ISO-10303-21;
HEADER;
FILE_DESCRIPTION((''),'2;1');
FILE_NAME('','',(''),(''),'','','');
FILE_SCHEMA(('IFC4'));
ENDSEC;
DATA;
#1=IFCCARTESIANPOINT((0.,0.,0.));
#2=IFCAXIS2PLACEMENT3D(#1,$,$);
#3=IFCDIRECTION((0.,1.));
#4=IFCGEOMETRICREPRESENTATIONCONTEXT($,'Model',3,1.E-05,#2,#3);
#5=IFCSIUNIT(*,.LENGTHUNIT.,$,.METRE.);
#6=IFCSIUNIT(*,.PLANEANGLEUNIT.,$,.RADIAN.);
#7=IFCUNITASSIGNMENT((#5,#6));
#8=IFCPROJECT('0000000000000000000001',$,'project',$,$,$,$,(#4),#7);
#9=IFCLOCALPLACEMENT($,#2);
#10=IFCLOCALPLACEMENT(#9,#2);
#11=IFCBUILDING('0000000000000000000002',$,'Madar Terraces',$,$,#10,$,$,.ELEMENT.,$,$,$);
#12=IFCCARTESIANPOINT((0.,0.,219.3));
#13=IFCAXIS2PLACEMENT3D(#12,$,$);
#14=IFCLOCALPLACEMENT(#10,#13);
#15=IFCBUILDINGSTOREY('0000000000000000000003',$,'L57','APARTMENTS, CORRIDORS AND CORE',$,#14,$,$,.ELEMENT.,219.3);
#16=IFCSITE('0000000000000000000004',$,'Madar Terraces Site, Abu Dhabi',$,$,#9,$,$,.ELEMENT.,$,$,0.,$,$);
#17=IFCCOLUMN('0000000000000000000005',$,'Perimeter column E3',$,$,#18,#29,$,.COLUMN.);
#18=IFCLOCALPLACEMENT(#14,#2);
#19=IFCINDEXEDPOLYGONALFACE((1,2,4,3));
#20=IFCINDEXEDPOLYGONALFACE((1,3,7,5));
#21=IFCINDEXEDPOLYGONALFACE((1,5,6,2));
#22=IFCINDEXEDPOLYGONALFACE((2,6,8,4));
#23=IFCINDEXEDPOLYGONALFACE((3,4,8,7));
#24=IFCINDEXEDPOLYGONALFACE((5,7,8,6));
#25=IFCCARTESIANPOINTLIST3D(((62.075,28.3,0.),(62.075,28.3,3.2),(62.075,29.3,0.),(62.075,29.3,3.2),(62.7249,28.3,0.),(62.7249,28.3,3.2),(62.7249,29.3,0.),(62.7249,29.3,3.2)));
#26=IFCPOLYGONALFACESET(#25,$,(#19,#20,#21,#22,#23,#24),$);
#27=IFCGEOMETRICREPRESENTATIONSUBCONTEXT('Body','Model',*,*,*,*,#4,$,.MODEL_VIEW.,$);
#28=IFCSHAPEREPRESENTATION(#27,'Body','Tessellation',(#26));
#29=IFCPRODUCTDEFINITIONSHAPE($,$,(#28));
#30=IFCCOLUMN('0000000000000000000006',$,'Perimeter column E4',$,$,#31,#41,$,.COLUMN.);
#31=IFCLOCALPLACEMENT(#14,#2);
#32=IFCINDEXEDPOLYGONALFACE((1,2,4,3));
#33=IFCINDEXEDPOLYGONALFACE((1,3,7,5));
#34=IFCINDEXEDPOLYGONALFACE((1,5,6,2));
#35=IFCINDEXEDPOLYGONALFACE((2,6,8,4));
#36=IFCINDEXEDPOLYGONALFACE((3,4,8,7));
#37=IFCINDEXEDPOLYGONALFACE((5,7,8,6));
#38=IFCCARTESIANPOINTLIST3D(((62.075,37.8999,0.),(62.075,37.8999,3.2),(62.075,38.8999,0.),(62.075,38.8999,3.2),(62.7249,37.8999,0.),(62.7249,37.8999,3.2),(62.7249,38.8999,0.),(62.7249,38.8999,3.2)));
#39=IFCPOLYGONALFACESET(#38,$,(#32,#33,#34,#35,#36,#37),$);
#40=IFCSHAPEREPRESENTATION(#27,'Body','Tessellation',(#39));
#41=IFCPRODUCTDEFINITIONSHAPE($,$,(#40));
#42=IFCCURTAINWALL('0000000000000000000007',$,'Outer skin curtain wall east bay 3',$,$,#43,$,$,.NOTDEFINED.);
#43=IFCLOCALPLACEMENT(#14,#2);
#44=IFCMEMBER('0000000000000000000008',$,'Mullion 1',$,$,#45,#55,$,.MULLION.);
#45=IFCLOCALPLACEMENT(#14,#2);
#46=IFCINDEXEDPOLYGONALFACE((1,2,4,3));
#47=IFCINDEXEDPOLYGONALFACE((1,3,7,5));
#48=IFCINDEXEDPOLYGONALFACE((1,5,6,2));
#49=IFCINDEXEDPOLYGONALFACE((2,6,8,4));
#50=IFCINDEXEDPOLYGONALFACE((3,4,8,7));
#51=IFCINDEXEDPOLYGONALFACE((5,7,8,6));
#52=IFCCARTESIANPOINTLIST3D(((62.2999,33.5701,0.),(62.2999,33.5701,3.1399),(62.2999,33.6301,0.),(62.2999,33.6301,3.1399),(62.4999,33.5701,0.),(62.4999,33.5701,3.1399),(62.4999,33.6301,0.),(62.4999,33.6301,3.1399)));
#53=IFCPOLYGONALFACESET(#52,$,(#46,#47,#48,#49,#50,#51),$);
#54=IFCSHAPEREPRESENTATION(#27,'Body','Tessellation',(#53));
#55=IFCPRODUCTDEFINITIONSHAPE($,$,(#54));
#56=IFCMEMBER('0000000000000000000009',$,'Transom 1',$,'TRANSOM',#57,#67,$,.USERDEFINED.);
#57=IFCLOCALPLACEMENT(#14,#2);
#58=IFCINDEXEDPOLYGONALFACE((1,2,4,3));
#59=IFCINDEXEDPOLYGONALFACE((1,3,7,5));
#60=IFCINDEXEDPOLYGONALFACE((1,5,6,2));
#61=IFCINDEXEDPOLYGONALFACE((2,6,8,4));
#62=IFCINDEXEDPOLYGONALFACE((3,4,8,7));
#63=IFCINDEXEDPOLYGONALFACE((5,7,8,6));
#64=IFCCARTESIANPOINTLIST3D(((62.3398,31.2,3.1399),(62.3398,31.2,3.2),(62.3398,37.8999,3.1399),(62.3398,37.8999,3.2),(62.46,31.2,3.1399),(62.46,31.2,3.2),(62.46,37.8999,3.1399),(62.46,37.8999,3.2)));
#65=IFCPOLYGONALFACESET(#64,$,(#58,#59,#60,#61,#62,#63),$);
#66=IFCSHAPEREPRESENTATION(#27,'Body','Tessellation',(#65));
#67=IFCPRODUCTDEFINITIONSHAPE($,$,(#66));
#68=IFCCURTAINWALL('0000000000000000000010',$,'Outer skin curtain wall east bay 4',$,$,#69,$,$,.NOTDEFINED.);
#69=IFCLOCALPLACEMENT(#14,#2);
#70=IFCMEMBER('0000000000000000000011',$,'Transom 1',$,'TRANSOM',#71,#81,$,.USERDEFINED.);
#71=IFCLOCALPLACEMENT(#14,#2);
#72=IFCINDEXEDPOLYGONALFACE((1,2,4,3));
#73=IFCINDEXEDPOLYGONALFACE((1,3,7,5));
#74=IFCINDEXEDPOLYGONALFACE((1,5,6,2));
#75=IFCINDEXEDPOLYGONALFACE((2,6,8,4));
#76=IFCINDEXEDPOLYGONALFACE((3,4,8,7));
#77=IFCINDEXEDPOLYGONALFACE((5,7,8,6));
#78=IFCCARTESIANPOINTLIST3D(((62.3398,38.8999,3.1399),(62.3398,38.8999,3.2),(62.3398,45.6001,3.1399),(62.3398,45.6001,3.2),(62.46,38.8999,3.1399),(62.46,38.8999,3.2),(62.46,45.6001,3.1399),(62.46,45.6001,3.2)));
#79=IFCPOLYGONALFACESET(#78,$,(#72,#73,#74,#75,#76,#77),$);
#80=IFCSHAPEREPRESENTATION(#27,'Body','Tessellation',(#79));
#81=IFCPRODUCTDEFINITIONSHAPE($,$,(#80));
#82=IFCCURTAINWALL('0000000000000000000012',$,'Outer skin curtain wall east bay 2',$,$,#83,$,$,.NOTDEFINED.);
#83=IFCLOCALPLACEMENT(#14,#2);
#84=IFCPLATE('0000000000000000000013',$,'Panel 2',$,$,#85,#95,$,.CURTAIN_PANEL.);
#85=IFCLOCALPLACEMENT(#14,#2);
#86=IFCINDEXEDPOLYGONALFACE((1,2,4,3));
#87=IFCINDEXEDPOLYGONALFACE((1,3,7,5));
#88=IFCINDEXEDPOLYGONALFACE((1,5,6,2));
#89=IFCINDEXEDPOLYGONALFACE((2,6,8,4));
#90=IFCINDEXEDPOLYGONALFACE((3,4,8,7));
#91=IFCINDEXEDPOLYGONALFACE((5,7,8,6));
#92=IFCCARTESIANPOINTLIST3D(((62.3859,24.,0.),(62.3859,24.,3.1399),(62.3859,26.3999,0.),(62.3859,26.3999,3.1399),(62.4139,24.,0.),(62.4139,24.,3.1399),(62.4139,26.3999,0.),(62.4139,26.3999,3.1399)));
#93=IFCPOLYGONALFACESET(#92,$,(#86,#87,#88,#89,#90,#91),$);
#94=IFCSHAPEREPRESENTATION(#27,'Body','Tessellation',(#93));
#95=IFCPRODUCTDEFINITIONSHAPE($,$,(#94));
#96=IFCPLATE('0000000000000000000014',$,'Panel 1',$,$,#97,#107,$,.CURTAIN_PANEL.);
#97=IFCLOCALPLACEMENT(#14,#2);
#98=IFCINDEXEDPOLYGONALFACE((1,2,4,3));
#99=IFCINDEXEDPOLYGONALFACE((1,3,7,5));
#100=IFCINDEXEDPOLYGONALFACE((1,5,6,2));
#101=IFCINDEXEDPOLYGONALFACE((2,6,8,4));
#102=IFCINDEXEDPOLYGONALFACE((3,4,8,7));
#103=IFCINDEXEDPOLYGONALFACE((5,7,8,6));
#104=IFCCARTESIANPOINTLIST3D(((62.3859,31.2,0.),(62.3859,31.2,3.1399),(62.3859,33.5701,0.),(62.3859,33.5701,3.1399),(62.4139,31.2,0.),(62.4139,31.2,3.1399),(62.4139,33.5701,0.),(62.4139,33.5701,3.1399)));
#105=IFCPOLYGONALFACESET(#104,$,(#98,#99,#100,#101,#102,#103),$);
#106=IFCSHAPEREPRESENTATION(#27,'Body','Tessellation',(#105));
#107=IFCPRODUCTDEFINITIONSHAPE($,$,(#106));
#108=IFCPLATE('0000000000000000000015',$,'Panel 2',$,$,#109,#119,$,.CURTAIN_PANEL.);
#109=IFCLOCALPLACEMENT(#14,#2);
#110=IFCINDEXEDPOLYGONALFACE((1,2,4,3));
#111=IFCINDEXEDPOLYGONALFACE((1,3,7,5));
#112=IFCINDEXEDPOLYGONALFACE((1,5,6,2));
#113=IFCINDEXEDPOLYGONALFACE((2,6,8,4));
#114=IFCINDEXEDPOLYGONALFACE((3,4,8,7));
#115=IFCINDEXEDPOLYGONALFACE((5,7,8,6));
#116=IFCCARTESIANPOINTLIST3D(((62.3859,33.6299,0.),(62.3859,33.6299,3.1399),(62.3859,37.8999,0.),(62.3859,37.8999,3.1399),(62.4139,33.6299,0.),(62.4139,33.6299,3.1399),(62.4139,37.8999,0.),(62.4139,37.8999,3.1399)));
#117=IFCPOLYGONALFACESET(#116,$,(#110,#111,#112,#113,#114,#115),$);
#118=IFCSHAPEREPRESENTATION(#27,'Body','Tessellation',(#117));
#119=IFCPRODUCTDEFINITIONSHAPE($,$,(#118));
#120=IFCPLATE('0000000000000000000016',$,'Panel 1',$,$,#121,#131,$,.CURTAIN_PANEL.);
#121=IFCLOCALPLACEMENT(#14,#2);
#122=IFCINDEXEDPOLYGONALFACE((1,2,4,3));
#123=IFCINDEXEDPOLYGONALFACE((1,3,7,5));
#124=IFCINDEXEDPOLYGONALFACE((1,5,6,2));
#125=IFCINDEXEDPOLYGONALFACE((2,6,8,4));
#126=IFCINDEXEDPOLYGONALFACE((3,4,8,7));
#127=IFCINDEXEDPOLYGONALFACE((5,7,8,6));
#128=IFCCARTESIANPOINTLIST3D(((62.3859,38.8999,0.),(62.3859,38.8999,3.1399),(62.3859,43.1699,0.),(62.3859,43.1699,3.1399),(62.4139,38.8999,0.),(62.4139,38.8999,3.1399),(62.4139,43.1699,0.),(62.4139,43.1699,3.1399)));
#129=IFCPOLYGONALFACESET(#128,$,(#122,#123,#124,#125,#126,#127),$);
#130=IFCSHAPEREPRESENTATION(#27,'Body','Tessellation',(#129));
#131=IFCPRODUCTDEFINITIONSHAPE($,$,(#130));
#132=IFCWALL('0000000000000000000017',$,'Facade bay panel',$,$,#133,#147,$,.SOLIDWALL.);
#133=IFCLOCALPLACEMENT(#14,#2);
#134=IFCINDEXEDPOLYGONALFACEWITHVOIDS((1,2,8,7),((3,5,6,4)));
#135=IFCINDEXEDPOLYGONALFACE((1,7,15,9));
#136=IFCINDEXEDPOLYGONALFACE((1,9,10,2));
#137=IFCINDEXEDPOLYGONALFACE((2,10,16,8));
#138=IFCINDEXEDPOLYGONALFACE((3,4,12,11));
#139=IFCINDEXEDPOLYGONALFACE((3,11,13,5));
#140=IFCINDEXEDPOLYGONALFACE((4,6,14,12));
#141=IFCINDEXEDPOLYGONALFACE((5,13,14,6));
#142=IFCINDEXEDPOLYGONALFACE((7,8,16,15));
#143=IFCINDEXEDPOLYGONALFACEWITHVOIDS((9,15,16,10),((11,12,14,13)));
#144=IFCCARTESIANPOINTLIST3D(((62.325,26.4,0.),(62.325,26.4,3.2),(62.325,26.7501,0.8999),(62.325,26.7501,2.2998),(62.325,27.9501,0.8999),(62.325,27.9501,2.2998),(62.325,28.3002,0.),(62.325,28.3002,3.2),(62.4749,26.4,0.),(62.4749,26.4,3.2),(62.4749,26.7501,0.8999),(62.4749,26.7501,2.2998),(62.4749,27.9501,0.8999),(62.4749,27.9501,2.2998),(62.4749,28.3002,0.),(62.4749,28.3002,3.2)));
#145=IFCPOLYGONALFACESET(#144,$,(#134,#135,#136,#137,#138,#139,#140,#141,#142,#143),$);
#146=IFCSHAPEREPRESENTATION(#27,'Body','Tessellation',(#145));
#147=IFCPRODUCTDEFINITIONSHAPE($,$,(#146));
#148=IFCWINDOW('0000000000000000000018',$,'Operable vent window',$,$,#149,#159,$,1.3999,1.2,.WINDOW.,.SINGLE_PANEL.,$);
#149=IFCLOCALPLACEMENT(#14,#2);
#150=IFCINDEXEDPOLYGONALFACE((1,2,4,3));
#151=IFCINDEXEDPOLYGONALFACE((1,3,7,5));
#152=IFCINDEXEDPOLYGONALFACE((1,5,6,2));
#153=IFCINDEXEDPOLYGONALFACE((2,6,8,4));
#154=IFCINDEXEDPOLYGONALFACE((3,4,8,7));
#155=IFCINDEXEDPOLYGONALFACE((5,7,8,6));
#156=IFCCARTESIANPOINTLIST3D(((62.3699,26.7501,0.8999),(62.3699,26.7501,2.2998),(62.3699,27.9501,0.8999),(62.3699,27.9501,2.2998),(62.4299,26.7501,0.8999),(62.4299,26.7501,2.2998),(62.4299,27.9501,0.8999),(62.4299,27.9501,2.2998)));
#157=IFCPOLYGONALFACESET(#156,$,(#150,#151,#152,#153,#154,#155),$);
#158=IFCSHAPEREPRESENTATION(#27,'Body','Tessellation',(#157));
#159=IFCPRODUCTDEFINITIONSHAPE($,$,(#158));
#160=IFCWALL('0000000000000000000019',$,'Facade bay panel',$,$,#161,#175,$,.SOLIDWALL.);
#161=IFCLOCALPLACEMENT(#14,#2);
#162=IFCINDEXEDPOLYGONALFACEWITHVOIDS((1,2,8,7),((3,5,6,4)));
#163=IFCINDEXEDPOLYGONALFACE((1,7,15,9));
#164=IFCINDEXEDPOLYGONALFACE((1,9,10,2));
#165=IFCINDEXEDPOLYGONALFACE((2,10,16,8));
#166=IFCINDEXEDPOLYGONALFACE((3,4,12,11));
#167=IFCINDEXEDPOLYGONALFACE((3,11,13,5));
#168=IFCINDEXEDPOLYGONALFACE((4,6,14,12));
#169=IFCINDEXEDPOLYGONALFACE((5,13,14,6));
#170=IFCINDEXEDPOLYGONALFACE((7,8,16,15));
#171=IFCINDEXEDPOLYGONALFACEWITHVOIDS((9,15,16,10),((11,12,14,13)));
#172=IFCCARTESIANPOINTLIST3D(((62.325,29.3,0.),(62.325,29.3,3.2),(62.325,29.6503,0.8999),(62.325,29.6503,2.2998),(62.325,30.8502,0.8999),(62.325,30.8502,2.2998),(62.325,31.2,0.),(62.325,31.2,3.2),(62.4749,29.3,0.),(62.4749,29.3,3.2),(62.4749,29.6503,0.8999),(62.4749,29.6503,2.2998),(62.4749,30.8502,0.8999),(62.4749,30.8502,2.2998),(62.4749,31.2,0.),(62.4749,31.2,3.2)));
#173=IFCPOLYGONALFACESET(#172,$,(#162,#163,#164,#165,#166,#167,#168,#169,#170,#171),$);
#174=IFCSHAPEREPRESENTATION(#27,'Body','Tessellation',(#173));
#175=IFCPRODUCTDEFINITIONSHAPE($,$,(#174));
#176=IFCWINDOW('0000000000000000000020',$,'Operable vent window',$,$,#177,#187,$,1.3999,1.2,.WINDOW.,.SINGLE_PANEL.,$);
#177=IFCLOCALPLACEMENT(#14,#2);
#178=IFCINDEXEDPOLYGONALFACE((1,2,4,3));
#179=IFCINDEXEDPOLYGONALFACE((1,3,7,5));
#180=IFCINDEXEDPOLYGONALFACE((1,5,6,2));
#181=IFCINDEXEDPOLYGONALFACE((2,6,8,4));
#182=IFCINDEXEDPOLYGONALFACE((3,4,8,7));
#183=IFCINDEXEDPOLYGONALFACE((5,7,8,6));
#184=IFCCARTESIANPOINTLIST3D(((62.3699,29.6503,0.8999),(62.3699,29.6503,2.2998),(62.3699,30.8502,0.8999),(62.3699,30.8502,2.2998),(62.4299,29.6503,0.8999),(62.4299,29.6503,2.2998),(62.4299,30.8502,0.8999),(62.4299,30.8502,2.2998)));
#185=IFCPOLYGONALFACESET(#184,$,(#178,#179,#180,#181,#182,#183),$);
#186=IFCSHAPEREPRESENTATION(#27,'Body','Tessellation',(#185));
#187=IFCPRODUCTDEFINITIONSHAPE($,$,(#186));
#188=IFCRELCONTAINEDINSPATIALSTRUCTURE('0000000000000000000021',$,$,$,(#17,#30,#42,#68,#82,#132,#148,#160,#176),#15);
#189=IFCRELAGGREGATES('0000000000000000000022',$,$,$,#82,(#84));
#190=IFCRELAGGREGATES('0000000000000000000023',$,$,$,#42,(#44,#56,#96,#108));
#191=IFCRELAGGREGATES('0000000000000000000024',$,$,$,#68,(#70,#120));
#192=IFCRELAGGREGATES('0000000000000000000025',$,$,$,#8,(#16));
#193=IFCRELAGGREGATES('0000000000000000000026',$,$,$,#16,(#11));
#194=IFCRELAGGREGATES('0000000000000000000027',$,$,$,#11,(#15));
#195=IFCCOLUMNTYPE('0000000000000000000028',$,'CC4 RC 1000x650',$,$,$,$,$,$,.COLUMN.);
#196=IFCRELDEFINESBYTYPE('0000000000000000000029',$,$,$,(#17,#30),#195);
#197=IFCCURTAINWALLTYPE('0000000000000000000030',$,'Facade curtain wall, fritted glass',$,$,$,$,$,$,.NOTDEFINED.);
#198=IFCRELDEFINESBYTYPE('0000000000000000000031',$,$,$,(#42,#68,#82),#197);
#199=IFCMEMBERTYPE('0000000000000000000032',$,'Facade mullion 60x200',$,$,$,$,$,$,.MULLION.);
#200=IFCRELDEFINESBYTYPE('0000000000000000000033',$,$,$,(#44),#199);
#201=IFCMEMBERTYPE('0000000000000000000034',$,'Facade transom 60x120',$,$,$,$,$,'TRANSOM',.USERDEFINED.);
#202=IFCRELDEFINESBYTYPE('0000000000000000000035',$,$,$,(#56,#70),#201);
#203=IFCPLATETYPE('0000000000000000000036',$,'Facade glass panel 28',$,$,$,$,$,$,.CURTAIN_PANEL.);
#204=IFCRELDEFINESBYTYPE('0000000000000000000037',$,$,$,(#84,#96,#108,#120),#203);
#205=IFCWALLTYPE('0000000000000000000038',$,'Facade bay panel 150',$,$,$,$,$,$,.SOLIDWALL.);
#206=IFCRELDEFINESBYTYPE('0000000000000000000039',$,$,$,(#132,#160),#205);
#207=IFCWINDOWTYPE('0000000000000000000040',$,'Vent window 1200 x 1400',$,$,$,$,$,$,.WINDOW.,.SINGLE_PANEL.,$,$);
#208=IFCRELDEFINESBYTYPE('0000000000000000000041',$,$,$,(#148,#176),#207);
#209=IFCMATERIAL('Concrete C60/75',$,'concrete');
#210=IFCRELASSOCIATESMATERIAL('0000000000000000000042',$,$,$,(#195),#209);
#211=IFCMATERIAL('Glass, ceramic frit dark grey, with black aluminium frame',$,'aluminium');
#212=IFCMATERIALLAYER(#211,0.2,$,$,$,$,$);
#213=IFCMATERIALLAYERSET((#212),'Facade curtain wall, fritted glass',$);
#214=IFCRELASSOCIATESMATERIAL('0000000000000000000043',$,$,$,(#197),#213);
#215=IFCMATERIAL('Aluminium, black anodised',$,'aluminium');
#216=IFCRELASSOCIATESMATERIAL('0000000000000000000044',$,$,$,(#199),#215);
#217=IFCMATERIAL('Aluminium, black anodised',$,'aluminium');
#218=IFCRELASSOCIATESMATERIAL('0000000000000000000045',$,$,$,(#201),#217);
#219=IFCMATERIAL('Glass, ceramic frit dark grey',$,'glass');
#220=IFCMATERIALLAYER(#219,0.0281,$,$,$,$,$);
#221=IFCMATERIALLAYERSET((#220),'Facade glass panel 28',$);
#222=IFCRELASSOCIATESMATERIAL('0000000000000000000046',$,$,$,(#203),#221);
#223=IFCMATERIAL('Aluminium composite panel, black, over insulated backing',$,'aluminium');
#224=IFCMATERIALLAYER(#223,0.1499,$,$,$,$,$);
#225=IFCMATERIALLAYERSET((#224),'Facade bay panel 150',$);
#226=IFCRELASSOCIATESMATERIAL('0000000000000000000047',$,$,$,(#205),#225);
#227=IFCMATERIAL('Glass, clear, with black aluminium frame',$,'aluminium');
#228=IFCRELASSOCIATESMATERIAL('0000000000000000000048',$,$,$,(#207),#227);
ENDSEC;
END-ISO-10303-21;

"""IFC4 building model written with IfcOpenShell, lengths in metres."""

from ifc_helpers import new_model, si_unit, direction, frame, frame_2d, origin, origin_2d, place, context, subcontext, project, spatial, rectangle, extrude, material, layer, layer_set, material_profile, profile_set, type_object, element, fill, aggregate, save


model = new_model("IFC4")

# Units and contexts
model_context = context("Model", 3, precision=1e-05, world=origin(), true_north=direction((0.0, 1.0)))
body_context = subcontext(model_context, "Body", "Model", "MODEL_VIEW")
ifc_project = project(units=[si_unit("LENGTHUNIT", "METRE"), si_unit("PLANEANGLEUNIT", "RADIAN")], contexts=[model_context])

# Site, building, storey
site_placement = place(None, origin())
site = spatial("IfcSite", under=ifc_project, at=site_placement, Name="Madar Terraces Site, Abu Dhabi", CompositionType="ELEMENT", RefElevation=0.0)
building_placement = place(site_placement, origin())
building = spatial("IfcBuilding", under=site, at=building_placement, Name="Madar Terraces", CompositionType="ELEMENT")
storey_placement = place(building_placement, frame((0.0, 0.0, 219.3)))
storey = spatial("IfcBuildingStorey", under=building, at=storey_placement, Name="L57", Description="APARTMENTS, CORRIDORS AND CORE", CompositionType="ELEMENT", Elevation=219.3)

# Columns
ifc_material_1 = material(Name="Concrete C60/75", Category="concrete")
ifc_material_profile_1 = material_profile(ifc_material_1, rectangle(XDim=1.0, YDim=0.6499, at=origin_2d()), Name="CC4 RC 1000x650")
ifc_profile_set_1 = profile_set([ifc_material_profile_1], Name="Concrete C60/75")
column_type = type_object("IfcColumnType", Name="CC4 RC 1000x650", PredefinedType="COLUMN", material=ifc_profile_set_1)
for number, where, z_axis, x_axis, name in (
    (1, (62.3999, 28.8, 0.0), (0.0, 0.0, 1.0), (0.0, 1.0, 0.0), "Perimeter column E3"),
    (2, (62.3999, 38.3999, 0.0), (0.0, 0.0, 1.0), (0.0, 1.0, 0.0), "Perimeter column E4"),
):
    element("IfcColumn", number, at=place(storey_placement, frame(where, z_axis=z_axis, x_axis=x_axis)), inside=storey, type_object=column_type, Name=name, PredefinedType="COLUMN", context=body_context, shape_type="SweptSolid", body=[
        extrude(rectangle(XDim=1.0, YDim=0.6499, at=origin_2d()), origin(), (0.0, 0.0, 1.0), 3.2),
    ])

# Curtain wall, members
ifc_material_2 = material(Name="Glass, ceramic frit dark grey, with black aluminium frame", Category="aluminium")
ifc_layer_1 = layer(ifc_material_2, 0.2)
ifc_layer_set_1 = layer_set([ifc_layer_1], Name="Facade curtain wall, fritted glass")
curtain_wall_type = type_object("IfcCurtainWallType", Name="Facade curtain wall, fritted glass", PredefinedType="NOTDEFINED", material=ifc_layer_set_1)
curtain_wall_1_placement = place(storey_placement, origin())
curtain_wall_1 = element("IfcCurtainWall", 3, at=curtain_wall_1_placement, inside=storey, type_object=curtain_wall_type, Name="Outer skin curtain wall east bay 3", PredefinedType="NOTDEFINED")
ifc_material_3 = material(Name="Aluminium, black anodised", Category="aluminium")
ifc_material_profile_2 = material_profile(ifc_material_3, rectangle(XDim=0.2, YDim=0.0601, at=origin_2d()), Name="Facade mullion 60x200")
ifc_profile_set_2 = profile_set([ifc_material_profile_2], Name="Aluminium, black anodised")
member_type_1 = type_object("IfcMemberType", Name="Facade mullion 60x200", PredefinedType="MULLION", material=ifc_profile_set_2)
member_1_placement = place(storey_placement, frame((62.3999, 33.6001, 0.0), z_axis=(0.0, 0.0, 1.0), x_axis=(-1.0, 0.0, 0.0)))
member_1 = element("IfcMember", 4, at=member_1_placement, type_object=member_type_1, Name="Mullion 1", PredefinedType="MULLION", context=body_context, shape_type="SweptSolid", body=[
    extrude(rectangle(XDim=0.2, YDim=0.0601, at=origin_2d()), origin(), (0.0, 0.0, 1.0), 3.1399),
])
ifc_material_4 = material(Name="Aluminium, black anodised", Category="aluminium")
ifc_material_profile_3 = material_profile(ifc_material_4, rectangle(XDim=0.1201, YDim=0.0601, at=origin_2d()), Name="Facade transom 60x120")
ifc_profile_set_3 = profile_set([ifc_material_profile_3], Name="Aluminium, black anodised")
member_type_2 = type_object("IfcMemberType", Name="Facade transom 60x120", ElementType="TRANSOM", PredefinedType="USERDEFINED", material=ifc_profile_set_3)
member_2_placement = place(storey_placement, frame((62.3999, 31.2, 3.1699), z_axis=(0.0, 1.0, 0.0), x_axis=(-1.0, 0.0, 0.0)))
member_2 = element("IfcMember", 5, at=member_2_placement, type_object=member_type_2, Name="Transom 1", ObjectType="TRANSOM", PredefinedType="USERDEFINED", context=body_context, shape_type="SweptSolid", body=[
    extrude(rectangle(XDim=0.1201, YDim=0.0601, at=origin_2d()), origin(), (0.0, 0.0, 1.0), 6.7),
])

# Curtain wall, member
curtain_wall_2_placement = place(storey_placement, origin())
curtain_wall_2 = element("IfcCurtainWall", 6, at=curtain_wall_2_placement, inside=storey, type_object=curtain_wall_type, Name="Outer skin curtain wall east bay 4", PredefinedType="NOTDEFINED")
member_3_placement = place(storey_placement, frame((62.3999, 38.8999, 3.1699), z_axis=(0.0, 1.0, 0.0), x_axis=(-1.0, 0.0, 0.0)))
member_3 = element("IfcMember", 7, at=member_3_placement, type_object=member_type_2, Name="Transom 1", ObjectType="TRANSOM", PredefinedType="USERDEFINED", context=body_context, shape_type="SweptSolid", body=[
    extrude(rectangle(XDim=0.1201, YDim=0.0601, at=origin_2d()), origin(), (0.0, 0.0, 1.0), 6.7002),
])

# Curtain wall, plate
curtain_wall_3_placement = place(storey_placement, origin())
curtain_wall_3 = element("IfcCurtainWall", 8, at=curtain_wall_3_placement, inside=storey, type_object=curtain_wall_type, Name="Outer skin curtain wall east bay 2", PredefinedType="NOTDEFINED")
ifc_material_5 = material(Name="Glass, ceramic frit dark grey", Category="glass")
ifc_layer_2 = layer(ifc_material_5, 0.0281)
ifc_layer_set_2 = layer_set([ifc_layer_2], Name="Facade glass panel 28")
plate_type = type_object("IfcPlateType", Name="Facade glass panel 28", PredefinedType="CURTAIN_PANEL", material=ifc_layer_set_2)
plate_1_placement = place(storey_placement, frame((62.3999, 25.2, 0.0), z_axis=(0.0, 0.0, 1.0), x_axis=(0.0, 1.0, 0.0)))
plate_1 = element("IfcPlate", 9, at=plate_1_placement, type_object=plate_type, Name="Panel 2", PredefinedType="CURTAIN_PANEL", context=body_context, shape_type="SweptSolid", body=[
    extrude(rectangle(XDim=2.3999, YDim=0.0281, at=origin_2d()), origin(), (0.0, 0.0, 1.0), 3.1399),
])
aggregate(curtain_wall_3, [plate_1])

# Plates
plate_2_placement = place(storey_placement, frame((62.3999, 32.385, 0.0), z_axis=(0.0, 0.0, 1.0), x_axis=(0.0, 1.0, 0.0)))
plate_2 = element("IfcPlate", 10, at=plate_2_placement, type_object=plate_type, Name="Panel 1", PredefinedType="CURTAIN_PANEL", context=body_context, shape_type="SweptSolid", body=[
    extrude(rectangle(XDim=2.3701, YDim=0.0281, at=origin_2d()), origin(), (0.0, 0.0, 1.0), 3.1399),
])
plate_3_placement = place(storey_placement, frame((62.3999, 35.7649, 0.0), z_axis=(0.0, 0.0, 1.0), x_axis=(0.0, 1.0, 0.0)))
plate_3 = element("IfcPlate", 11, at=plate_3_placement, type_object=plate_type, Name="Panel 2", PredefinedType="CURTAIN_PANEL", context=body_context, shape_type="SweptSolid", body=[
    extrude(rectangle(XDim=4.27, YDim=0.0281, at=origin_2d()), origin(), (0.0, 0.0, 1.0), 3.1399),
])
aggregate(curtain_wall_1, [member_1, member_2, plate_2, plate_3])
plate_4_placement = place(storey_placement, frame((62.3999, 41.0349, 0.0), z_axis=(0.0, 0.0, 1.0), x_axis=(0.0, 1.0, 0.0)))
plate_4 = element("IfcPlate", 12, at=plate_4_placement, type_object=plate_type, Name="Panel 1", PredefinedType="CURTAIN_PANEL", context=body_context, shape_type="SweptSolid", body=[
    extrude(rectangle(XDim=4.27, YDim=0.0281, at=origin_2d()), origin(), (0.0, 0.0, 1.0), 3.1399),
])
aggregate(curtain_wall_2, [member_3, plate_4])

# Walls, openings, windows
ifc_material_6 = material(Name="Aluminium composite panel, black, over insulated backing", Category="aluminium")
ifc_layer_3 = layer(ifc_material_6, 0.1499)
ifc_layer_set_3 = layer_set([ifc_layer_3], Name="Facade bay panel 150")
wall_type_1 = type_object("IfcWallType", Name="Facade bay panel 150", PredefinedType="SOLIDWALL", material=ifc_layer_set_3)
wall_1_placement = place(storey_placement, frame((62.3999, 26.3999, 0.0), z_axis=(0.0, 0.0, 1.0), x_axis=(0.0, 1.0, 0.0)))
wall_1 = element("IfcWall", 13, at=wall_1_placement, inside=storey, type_object=wall_type_1, Name="Facade bay panel", PredefinedType="SOLIDWALL", context=body_context, shape_type="SweptSolid", body=[
    extrude(rectangle(XDim=1.9001, YDim=0.1499, at=frame_2d((0.9502, 0.0))), origin(), (0.0, 0.0, 1.0), 3.2),
])
opening_1_placement = place(wall_1_placement, frame((0.3501, 0.0, 0.8999)))
opening_1 = element("IfcOpeningElement", 14, at=opening_1_placement, cuts=wall_1, PredefinedType="OPENING", context=body_context, shape_type="SweptSolid", body=[
    extrude(rectangle(XDim=1.2, YDim=1.3999, at=frame_2d((0.6001, 0.7))), frame((0.0, 0.085, 0.0), z_axis=(0.0, -1.0, 0.0), x_axis=(1.0, 0.0, 0.0)), (0.0, 0.0, 1.0), 0.1699),
])
ifc_material_7 = material(Name="Glass, clear, with black aluminium frame", Category="aluminium")
window_type = type_object("IfcWindowType", Name="Vent window 1200 x 1400", PartitioningType="SINGLE_PANEL", PredefinedType="WINDOW", material=ifc_material_7)
window_1_placement = place(opening_1_placement, origin())
window_1 = element("IfcWindow", 15, at=window_1_placement, inside=storey, type_object=window_type, Name="Operable vent window", OverallHeight=1.3999, OverallWidth=1.2, PartitioningType="SINGLE_PANEL", PredefinedType="WINDOW", context=body_context, shape_type="SweptSolid", body=[
    extrude(rectangle(XDim=1.2, YDim=1.3999, at=frame_2d((0.6001, 0.7))), frame((0.0, 0.03, 0.0), z_axis=(0.0, -1.0, 0.0), x_axis=(1.0, 0.0, 0.0)), (0.0, 0.0, 1.0), 0.0601),
])
fill(opening_1, window_1)
wall_2_placement = place(storey_placement, frame((62.3999, 29.3, 0.0), z_axis=(0.0, 0.0, 1.0), x_axis=(0.0, 1.0, 0.0)))
wall_2 = element("IfcWall", 16, at=wall_2_placement, inside=storey, type_object=wall_type_1, Name="Facade bay panel", PredefinedType="SOLIDWALL", context=body_context, shape_type="SweptSolid", body=[
    extrude(rectangle(XDim=1.8999, YDim=0.1499, at=frame_2d((0.95, 0.0))), origin(), (0.0, 0.0, 1.0), 3.2),
])
opening_2_placement = place(wall_2_placement, frame((0.3501, 0.0, 0.8999)))
opening_2 = element("IfcOpeningElement", 17, at=opening_2_placement, cuts=wall_2, PredefinedType="OPENING", context=body_context, shape_type="SweptSolid", body=[
    extrude(rectangle(XDim=1.2, YDim=1.3999, at=frame_2d((0.6001, 0.7))), frame((0.0, 0.085, 0.0), z_axis=(0.0, -1.0, 0.0), x_axis=(1.0, 0.0, 0.0)), (0.0, 0.0, 1.0), 0.1699),
])
window_2_placement = place(opening_2_placement, origin())
window_2 = element("IfcWindow", 18, at=window_2_placement, inside=storey, type_object=window_type, Name="Operable vent window", OverallHeight=1.3999, OverallWidth=1.2, PartitioningType="SINGLE_PANEL", PredefinedType="WINDOW", context=body_context, shape_type="SweptSolid", body=[
    extrude(rectangle(XDim=1.2, YDim=1.3999, at=frame_2d((0.6001, 0.7))), frame((0.0, 0.03, 0.0), z_axis=(0.0, -1.0, 0.0), x_axis=(1.0, 0.0, 0.0)), (0.0, 0.0, 1.0), 0.0601),
])
fill(opening_2, window_2)

save(model, "model.ifc")
